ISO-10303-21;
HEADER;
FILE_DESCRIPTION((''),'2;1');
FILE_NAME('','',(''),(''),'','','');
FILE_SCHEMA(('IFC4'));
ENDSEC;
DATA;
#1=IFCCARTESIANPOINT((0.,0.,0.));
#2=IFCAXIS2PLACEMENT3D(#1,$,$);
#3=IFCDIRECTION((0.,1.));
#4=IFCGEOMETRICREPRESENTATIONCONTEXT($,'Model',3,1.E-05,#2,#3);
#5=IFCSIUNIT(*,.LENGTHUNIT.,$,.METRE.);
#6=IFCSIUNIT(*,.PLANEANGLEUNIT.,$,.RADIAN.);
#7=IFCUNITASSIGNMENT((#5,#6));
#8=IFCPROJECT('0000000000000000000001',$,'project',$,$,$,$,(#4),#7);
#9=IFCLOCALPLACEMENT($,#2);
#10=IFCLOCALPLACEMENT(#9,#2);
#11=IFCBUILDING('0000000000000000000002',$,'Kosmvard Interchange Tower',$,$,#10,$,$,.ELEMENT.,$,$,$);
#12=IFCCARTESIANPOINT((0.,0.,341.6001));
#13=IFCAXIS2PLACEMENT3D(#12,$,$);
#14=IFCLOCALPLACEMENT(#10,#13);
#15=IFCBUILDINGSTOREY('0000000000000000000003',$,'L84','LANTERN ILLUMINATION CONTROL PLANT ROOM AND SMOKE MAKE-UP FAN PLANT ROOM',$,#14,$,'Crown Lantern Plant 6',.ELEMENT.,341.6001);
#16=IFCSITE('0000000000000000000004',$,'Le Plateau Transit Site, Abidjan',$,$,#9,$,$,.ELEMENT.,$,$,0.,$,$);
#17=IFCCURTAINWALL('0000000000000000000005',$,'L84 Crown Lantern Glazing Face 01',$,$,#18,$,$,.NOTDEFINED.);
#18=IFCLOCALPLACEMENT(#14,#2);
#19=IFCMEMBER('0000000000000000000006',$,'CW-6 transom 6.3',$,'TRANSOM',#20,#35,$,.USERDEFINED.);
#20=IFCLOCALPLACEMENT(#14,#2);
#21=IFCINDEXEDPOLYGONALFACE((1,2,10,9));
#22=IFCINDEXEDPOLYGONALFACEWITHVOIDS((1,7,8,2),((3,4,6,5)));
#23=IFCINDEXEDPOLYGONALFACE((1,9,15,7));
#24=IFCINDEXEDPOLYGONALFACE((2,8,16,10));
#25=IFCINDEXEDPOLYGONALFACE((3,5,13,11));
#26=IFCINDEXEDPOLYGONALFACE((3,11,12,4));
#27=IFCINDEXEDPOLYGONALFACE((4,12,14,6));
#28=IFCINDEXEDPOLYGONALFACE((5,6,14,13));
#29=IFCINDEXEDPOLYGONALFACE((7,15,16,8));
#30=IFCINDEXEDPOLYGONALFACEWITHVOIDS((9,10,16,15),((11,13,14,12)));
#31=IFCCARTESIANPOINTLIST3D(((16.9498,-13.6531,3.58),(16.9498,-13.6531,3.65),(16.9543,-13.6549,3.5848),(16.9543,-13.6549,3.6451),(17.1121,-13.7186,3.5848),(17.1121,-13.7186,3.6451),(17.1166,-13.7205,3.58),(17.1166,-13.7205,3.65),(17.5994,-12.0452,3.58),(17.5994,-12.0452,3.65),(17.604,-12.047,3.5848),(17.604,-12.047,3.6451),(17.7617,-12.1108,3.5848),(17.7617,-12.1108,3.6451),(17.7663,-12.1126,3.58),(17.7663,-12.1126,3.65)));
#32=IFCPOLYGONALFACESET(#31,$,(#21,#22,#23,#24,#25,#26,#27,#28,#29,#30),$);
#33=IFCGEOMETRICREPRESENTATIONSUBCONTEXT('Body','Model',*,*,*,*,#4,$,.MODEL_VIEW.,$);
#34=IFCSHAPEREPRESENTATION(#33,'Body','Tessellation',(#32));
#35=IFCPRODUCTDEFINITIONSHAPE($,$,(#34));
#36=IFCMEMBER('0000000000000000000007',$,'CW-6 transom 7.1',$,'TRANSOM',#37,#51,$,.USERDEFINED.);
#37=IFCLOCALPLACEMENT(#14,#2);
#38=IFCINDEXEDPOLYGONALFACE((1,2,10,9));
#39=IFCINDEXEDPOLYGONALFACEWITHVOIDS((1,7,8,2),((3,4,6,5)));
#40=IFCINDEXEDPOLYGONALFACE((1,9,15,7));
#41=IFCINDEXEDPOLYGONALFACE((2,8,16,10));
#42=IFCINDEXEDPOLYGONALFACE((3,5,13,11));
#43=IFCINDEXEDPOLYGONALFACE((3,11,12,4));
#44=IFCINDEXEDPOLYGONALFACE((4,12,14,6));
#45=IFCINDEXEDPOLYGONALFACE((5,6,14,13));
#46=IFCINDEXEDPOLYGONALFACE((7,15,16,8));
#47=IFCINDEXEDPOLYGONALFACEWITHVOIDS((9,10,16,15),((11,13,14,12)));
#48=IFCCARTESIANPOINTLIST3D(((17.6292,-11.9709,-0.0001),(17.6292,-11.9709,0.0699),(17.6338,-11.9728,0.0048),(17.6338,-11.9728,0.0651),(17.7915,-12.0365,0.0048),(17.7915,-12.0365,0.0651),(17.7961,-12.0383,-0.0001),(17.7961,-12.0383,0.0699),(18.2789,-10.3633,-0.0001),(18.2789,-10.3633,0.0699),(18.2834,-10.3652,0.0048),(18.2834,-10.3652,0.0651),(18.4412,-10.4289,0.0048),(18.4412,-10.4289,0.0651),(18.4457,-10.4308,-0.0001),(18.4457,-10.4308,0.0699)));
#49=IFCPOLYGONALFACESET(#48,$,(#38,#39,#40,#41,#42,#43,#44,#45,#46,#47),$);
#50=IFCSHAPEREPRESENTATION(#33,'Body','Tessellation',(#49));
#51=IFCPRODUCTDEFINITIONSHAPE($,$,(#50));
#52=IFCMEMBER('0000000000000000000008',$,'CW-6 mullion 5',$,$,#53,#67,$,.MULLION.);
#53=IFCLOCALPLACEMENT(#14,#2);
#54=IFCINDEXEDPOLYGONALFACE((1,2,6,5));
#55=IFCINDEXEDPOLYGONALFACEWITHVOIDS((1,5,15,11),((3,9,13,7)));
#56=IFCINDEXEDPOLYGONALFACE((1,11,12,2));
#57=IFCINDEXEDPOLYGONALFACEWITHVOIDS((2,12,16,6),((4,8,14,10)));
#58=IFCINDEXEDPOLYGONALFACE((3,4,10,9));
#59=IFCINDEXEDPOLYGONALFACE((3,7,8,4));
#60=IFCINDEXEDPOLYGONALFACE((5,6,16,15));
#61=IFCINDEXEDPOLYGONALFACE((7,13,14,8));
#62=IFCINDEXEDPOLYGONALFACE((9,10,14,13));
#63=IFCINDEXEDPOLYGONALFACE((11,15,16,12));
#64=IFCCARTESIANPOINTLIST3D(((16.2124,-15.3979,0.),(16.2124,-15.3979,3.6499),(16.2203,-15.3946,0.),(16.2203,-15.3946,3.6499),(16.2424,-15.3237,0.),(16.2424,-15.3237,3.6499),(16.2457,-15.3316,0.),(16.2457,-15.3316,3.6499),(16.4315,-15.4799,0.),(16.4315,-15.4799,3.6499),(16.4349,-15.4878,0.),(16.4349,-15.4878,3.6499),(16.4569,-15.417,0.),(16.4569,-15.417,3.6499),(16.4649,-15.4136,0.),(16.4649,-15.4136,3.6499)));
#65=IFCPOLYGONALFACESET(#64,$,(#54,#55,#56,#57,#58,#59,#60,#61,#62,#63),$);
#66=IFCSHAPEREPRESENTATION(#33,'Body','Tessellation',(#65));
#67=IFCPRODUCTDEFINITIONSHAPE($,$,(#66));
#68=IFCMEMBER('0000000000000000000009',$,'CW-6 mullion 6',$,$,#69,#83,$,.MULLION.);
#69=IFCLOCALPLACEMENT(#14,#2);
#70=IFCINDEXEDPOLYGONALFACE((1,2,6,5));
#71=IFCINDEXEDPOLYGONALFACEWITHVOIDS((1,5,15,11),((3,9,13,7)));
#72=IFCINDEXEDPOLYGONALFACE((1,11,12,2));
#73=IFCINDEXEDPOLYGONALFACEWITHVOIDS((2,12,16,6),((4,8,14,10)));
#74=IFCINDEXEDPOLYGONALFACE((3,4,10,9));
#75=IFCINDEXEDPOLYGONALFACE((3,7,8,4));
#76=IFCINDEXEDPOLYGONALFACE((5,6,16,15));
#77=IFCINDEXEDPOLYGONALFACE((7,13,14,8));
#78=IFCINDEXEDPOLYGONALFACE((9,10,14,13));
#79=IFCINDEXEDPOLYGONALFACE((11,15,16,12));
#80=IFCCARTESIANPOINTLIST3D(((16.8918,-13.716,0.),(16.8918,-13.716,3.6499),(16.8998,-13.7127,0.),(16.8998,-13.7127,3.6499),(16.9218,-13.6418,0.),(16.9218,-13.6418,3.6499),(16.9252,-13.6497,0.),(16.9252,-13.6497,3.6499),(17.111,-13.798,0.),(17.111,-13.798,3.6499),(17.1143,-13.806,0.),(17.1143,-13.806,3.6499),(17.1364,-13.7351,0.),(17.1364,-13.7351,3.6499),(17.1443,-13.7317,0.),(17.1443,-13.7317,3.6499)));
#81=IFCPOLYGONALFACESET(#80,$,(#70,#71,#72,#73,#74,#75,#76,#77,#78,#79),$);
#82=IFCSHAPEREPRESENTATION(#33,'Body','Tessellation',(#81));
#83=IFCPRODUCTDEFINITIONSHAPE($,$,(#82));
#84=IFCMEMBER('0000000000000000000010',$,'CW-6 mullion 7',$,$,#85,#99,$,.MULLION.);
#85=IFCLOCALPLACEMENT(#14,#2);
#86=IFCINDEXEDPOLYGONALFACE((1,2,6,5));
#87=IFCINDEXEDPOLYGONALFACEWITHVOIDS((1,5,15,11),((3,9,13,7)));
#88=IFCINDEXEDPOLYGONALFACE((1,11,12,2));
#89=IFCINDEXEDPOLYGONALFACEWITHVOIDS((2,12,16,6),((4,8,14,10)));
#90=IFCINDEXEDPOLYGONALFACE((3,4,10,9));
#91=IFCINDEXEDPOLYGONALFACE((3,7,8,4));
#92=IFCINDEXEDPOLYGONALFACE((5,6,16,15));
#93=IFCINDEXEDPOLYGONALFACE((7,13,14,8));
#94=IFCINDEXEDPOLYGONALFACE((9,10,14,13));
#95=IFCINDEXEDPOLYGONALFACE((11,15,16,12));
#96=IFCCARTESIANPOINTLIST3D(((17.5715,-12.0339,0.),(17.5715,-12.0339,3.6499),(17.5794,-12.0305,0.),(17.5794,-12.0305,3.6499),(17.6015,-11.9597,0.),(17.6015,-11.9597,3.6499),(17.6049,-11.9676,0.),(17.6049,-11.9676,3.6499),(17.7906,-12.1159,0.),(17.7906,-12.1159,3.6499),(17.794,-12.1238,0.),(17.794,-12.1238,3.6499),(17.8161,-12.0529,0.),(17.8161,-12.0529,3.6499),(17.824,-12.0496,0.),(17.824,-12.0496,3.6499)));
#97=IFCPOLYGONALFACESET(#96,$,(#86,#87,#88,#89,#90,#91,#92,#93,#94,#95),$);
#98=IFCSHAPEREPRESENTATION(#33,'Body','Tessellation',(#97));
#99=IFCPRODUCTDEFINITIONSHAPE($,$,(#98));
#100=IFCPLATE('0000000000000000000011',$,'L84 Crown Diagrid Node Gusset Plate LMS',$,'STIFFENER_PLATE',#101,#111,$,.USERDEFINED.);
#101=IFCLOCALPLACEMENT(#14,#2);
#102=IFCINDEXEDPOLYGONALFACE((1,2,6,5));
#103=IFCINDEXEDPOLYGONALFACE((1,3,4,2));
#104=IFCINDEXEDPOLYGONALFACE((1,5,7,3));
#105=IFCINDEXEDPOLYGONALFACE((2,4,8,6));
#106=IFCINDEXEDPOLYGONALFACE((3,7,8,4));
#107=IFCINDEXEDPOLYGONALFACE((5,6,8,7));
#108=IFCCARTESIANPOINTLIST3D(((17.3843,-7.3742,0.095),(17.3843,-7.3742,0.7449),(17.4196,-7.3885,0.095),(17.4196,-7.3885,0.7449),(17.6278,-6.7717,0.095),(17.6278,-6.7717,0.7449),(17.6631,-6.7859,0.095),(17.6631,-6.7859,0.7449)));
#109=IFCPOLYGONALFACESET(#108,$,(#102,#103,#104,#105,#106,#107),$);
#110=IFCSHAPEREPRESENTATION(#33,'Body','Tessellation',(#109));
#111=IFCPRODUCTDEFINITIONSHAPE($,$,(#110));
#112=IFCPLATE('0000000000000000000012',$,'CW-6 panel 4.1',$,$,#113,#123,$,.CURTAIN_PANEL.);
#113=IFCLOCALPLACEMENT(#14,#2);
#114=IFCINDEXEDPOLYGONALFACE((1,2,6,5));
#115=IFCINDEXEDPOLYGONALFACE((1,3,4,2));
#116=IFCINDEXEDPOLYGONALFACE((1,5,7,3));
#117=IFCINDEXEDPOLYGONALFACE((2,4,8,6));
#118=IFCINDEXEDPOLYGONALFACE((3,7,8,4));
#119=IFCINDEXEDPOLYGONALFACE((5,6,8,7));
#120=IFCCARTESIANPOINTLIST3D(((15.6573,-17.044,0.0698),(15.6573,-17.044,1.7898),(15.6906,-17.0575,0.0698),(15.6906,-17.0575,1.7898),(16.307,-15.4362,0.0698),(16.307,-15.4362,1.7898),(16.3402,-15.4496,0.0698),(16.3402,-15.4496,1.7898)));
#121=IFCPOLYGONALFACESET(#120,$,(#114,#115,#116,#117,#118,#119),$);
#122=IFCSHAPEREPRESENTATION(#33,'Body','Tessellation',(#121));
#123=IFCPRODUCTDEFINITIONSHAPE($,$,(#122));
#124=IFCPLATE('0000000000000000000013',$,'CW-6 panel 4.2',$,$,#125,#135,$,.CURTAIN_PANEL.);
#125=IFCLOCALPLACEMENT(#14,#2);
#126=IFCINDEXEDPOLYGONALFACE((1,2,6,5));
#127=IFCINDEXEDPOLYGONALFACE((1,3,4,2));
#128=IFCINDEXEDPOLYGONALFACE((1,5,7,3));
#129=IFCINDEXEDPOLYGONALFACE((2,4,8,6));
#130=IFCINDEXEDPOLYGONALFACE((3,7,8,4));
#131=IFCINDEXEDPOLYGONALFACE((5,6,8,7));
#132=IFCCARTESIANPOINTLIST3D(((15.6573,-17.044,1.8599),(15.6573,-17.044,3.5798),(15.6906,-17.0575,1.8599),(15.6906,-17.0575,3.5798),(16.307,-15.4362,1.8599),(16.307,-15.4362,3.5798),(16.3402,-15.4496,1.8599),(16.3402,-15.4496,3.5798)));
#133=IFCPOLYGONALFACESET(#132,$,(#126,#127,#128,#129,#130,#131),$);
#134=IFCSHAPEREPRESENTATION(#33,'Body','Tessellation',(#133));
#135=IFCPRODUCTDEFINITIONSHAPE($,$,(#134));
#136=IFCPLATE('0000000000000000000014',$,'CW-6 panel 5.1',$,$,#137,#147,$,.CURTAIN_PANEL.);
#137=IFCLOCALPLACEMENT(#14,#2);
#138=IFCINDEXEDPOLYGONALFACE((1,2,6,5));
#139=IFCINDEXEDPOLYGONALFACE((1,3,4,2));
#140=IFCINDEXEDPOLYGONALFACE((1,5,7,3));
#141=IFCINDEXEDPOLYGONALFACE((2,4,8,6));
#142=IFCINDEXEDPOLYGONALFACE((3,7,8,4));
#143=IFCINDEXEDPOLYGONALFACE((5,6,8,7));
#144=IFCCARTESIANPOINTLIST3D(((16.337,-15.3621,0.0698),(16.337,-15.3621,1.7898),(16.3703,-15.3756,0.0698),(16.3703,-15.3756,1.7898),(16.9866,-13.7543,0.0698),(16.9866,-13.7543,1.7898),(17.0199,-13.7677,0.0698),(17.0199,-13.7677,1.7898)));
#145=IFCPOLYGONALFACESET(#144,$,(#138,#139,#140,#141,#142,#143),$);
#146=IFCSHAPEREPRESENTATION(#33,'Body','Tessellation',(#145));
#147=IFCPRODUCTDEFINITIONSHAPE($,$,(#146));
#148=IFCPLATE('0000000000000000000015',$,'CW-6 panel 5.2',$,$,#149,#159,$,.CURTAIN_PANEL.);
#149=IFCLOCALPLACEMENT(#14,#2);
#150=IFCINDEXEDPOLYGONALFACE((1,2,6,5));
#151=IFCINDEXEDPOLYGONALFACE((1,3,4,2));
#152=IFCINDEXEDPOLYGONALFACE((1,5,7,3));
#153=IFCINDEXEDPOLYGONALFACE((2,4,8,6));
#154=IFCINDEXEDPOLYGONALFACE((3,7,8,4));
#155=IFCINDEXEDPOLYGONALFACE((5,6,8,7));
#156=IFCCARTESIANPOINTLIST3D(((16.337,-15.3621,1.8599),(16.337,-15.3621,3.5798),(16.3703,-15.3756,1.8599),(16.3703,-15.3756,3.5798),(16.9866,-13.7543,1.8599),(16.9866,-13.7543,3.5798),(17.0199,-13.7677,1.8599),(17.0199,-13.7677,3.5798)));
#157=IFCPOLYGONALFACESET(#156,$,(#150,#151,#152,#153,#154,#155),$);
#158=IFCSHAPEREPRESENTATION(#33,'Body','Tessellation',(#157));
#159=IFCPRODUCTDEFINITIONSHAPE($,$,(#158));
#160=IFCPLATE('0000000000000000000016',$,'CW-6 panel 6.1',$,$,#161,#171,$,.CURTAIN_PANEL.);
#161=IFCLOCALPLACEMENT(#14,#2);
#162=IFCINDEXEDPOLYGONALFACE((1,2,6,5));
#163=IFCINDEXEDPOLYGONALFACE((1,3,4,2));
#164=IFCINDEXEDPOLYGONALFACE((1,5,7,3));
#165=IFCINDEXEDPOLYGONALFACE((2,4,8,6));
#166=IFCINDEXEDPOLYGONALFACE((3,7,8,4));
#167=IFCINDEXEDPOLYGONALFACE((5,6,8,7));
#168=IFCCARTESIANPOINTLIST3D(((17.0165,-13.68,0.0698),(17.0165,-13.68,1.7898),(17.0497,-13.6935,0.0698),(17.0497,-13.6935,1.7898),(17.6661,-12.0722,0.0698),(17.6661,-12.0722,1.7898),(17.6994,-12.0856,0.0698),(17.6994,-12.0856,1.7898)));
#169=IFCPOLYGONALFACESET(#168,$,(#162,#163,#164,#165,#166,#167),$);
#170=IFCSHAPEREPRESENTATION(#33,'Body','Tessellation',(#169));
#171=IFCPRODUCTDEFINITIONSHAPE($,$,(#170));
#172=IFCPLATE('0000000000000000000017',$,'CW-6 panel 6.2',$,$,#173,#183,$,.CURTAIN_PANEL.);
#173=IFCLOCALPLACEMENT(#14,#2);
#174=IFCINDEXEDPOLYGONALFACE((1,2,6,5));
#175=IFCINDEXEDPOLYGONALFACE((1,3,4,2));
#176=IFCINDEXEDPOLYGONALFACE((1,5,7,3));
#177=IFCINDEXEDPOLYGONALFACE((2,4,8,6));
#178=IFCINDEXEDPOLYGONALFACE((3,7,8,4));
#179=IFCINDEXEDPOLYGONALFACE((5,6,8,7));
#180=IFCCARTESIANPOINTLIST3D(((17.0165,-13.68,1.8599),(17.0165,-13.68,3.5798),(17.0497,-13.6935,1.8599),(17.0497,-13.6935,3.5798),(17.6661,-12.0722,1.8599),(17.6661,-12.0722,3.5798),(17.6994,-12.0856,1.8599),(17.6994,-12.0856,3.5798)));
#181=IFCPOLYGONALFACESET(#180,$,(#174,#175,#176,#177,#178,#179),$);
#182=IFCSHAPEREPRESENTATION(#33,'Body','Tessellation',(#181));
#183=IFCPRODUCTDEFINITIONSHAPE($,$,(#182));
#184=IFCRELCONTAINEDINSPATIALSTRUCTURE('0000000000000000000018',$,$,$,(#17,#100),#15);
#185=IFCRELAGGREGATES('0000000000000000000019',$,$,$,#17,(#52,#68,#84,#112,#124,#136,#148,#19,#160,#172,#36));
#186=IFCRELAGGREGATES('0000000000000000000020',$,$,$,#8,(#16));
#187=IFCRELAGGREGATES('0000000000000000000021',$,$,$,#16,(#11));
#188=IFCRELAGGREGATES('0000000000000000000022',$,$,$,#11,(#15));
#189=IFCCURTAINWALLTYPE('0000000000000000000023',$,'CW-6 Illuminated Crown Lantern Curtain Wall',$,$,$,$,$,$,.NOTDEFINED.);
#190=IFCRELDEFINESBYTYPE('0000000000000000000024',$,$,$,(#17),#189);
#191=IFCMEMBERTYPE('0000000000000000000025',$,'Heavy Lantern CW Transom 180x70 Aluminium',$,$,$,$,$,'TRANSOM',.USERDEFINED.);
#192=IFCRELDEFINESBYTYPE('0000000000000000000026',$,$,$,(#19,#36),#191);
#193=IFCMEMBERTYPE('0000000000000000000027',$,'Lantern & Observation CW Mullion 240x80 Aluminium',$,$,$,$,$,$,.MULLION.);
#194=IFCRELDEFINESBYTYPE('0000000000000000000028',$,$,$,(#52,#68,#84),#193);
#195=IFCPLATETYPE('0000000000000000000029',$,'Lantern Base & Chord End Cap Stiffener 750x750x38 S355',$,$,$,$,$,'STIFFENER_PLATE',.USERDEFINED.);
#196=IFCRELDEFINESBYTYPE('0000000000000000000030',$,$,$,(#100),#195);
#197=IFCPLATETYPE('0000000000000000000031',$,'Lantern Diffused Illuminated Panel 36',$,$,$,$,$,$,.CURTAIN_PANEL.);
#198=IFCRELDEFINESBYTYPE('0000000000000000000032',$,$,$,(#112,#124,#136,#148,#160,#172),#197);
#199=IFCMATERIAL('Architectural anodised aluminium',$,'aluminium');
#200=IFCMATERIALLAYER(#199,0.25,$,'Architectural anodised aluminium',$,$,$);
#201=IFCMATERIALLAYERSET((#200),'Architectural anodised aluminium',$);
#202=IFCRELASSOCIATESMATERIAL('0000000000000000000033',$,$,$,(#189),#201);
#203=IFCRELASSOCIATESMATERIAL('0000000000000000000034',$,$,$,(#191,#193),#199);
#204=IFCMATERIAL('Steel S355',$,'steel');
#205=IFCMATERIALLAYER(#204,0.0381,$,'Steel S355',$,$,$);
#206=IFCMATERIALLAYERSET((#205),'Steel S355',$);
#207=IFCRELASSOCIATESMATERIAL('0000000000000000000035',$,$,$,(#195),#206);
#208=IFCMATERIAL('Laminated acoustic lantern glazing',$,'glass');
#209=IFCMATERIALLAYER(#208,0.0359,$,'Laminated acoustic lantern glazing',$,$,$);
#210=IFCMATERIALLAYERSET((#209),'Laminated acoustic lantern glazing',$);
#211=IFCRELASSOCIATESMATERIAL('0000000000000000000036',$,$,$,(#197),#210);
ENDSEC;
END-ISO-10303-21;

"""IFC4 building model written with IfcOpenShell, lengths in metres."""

from ifc_helpers import new_model, si_unit, direction, frame, origin, origin_2d, place, context, subcontext, project, spatial, rectangle, hollow_rectangle, extrude, source, transform, mapped, material, layer, layer_set, material_profile, profile_set, type_object, element, aggregate, save


model = new_model("IFC4")

# Units and contexts
model_context = context("Model", 3, precision=1e-05, world=origin(), true_north=direction((0.0, 1.0)))
body_context = subcontext(model_context, "Body", "Model", "MODEL_VIEW")
ifc_project = project(units=[si_unit("LENGTHUNIT", "METRE"), si_unit("PLANEANGLEUNIT", "RADIAN")], contexts=[model_context])

# Site, building, storey
site_placement = place(None, origin())
site = spatial("IfcSite", under=ifc_project, at=site_placement, Name="Le Plateau Transit Site, Abidjan", CompositionType="ELEMENT", RefElevation=0.0)
building_placement = place(site_placement, origin())
building = spatial("IfcBuilding", under=site, at=building_placement, Name="Kosmvard Interchange Tower", CompositionType="ELEMENT")
storey_placement = place(building_placement, frame((0.0, 0.0, 341.6001)))
storey = spatial("IfcBuildingStorey", under=building, at=storey_placement, Name="L84", Description="LANTERN ILLUMINATION CONTROL PLANT ROOM AND SMOKE MAKE-UP FAN PLANT ROOM", LongName="Crown Lantern Plant 6", CompositionType="ELEMENT", Elevation=341.6001)

# Shared definitions
ifc_material_1 = material(Name="Steel S355", Category="steel")

# Curtain wall, members
ifc_material_2 = material(Name="Architectural anodised aluminium", Category="aluminium")
ifc_layer_1 = layer(ifc_material_2, 0.25, Name="Architectural anodised aluminium")
ifc_layer_set_1 = layer_set([ifc_layer_1], Name="Architectural anodised aluminium")
curtain_wall_type = type_object("IfcCurtainWallType", Name="CW-6 Illuminated Crown Lantern Curtain Wall", PredefinedType="NOTDEFINED", material=ifc_layer_set_1)
curtain_wall_placement = place(storey_placement, origin())
curtain_wall = element("IfcCurtainWall", 1, at=curtain_wall_placement, inside=storey, type_object=curtain_wall_type, Name="L84 Crown Lantern Glazing Face 01", PredefinedType="NOTDEFINED")
ifc_material_profile_1 = material_profile(ifc_material_2, hollow_rectangle(XDim=0.1799, YDim=0.0701, WallThickness=0.0049, at=origin_2d()), Name="CWT 180x70x5")
ifc_profile_set_1 = profile_set([ifc_material_profile_1], Name="Architectural anodised aluminium")
member_type_1 = type_object("IfcMemberType", Name="Heavy Lantern CW Transom 180x70 Aluminium", ElementType="TRANSOM", PredefinedType="USERDEFINED", material=ifc_profile_set_1)
shared_shape_1 = source(origin(), body_context, "Body", "SweptSolid", [
    extrude(hollow_rectangle(XDim=0.1799, YDim=0.0701, WallThickness=0.0049, at=origin_2d()), origin(), (0.0, 0.0, 1.0), 1.7341),
])
member_1_placement = place(storey_placement, frame((17.0332, -13.6868, 3.615), z_axis=(0.374617, 0.92718, 0.0), x_axis=(-0.92718, 0.374617, 0.0)))
member_1 = element("IfcMember", 2, at=member_1_placement, type_object=member_type_1, Name="CW-6 transom 6.3", ObjectType="TRANSOM", PredefinedType="USERDEFINED", context=body_context, shape_type="MappedRepresentation", body=[
    mapped(shared_shape_1, transform((0.0, 0.0, 0.0), scale=1.0)),
])
shared_shape_2 = source(origin(), body_context, "Body", "SweptSolid", [
    extrude(hollow_rectangle(XDim=0.1799, YDim=0.0701, WallThickness=0.0049, at=origin_2d()), origin(), (0.0, 0.0, 1.0), 1.7339),
])
member_2_placement = place(storey_placement, frame((17.7126, -12.0046, 0.0349), z_axis=(0.374666, 0.92716, 0.0), x_axis=(-0.92716, 0.374666, 0.0)))
member_2 = element("IfcMember", 3, at=member_2_placement, type_object=member_type_1, Name="CW-6 transom 7.1", ObjectType="TRANSOM", PredefinedType="USERDEFINED", context=body_context, shape_type="MappedRepresentation", body=[
    mapped(shared_shape_2, transform((0.0, 0.0, 0.0), scale=1.0)),
])
ifc_material_profile_2 = material_profile(ifc_material_2, hollow_rectangle(XDim=0.24, YDim=0.0801, WallThickness=0.0061, at=origin_2d()), Name="CWM 240x80x6")
ifc_profile_set_2 = profile_set([ifc_material_profile_2], Name="Architectural anodised aluminium")
member_type_2 = type_object("IfcMemberType", Name="Lantern & Observation CW Mullion 240x80 Aluminium", PredefinedType="MULLION", material=ifc_profile_set_2)
shared_shape_3 = source(origin(), body_context, "Body", "SweptSolid", [
    extrude(hollow_rectangle(XDim=0.24, YDim=0.0801, WallThickness=0.0061, at=origin_2d()), origin(), (0.0, 0.0, 1.0), 3.6499),
])
member_3_placement = place(storey_placement, frame((16.3386, -15.4058, 0.0), z_axis=(0.0, 0.0, 1.0), x_axis=(-0.927184, 0.374607, 0.0)))
member_3 = element("IfcMember", 4, at=member_3_placement, type_object=member_type_2, Name="CW-6 mullion 5", PredefinedType="MULLION", context=body_context, shape_type="MappedRepresentation", body=[
    mapped(shared_shape_3, transform((0.0, 0.0, 0.0), scale=1.0)),
])
member_4_placement = place(storey_placement, frame((17.0181, -13.7239, 0.0), z_axis=(0.0, 0.0, 1.0), x_axis=(-0.927184, 0.374607, 0.0)))
member_4 = element("IfcMember", 5, at=member_4_placement, type_object=member_type_2, Name="CW-6 mullion 6", PredefinedType="MULLION", context=body_context, shape_type="MappedRepresentation", body=[
    mapped(shared_shape_3, transform((0.0, 0.0, 0.0), scale=1.0)),
])
member_5_placement = place(storey_placement, frame((17.6978, -12.0417, 0.0), z_axis=(0.0, 0.0, 1.0), x_axis=(-0.927184, 0.374607, 0.0)))
member_5 = element("IfcMember", 6, at=member_5_placement, type_object=member_type_2, Name="CW-6 mullion 7", PredefinedType="MULLION", context=body_context, shape_type="MappedRepresentation", body=[
    mapped(shared_shape_3, transform((0.0, 0.0, 0.0), scale=1.0)),
])

# Plates
ifc_layer_2 = layer(ifc_material_1, 0.0381, Name="Steel S355")
ifc_layer_set_2 = layer_set([ifc_layer_2], Name="Steel S355")
plate_type_1 = type_object("IfcPlateType", Name="Lantern Base & Chord End Cap Stiffener 750x750x38 S355", ElementType="STIFFENER_PLATE", PredefinedType="USERDEFINED", material=ifc_layer_set_2)
shared_shape_4 = source(origin(), body_context, "Body", "SweptSolid", [
    extrude(rectangle(XDim=0.6499, YDim=0.0381, at=origin_2d()), origin(), (0.0, 0.0, 1.0), 0.6499),
])
plate_1_placement = place(storey_placement, frame((17.5237, -7.0801, 0.095), z_axis=(0.0, 0.0, 1.0), x_axis=(0.374607, 0.927184, 0.0)))
element("IfcPlate", 7, at=plate_1_placement, inside=storey, type_object=plate_type_1, Name="L84 Crown Diagrid Node Gusset Plate LMS", ObjectType="STIFFENER_PLATE", PredefinedType="USERDEFINED", context=body_context, shape_type="MappedRepresentation", body=[
    mapped(shared_shape_4, transform((0.0, 0.0, 0.0), scale=1.0)),
])
ifc_material_3 = material(Name="Laminated acoustic lantern glazing", Category="glass")
ifc_layer_3 = layer(ifc_material_3, 0.0359, Name="Laminated acoustic lantern glazing")
ifc_layer_set_3 = layer_set([ifc_layer_3], Name="Laminated acoustic lantern glazing")
plate_type_2 = type_object("IfcPlateType", Name="Lantern Diffused Illuminated Panel 36", PredefinedType="CURTAIN_PANEL", material=ifc_layer_set_3)
shared_shape_5 = source(origin(), body_context, "Body", "SweptSolid", [
    extrude(rectangle(XDim=1.7341, YDim=0.0359, at=origin_2d()), origin(), (0.0, 0.0, 1.0), 1.72),
])
plate_2_placement = place(storey_placement, frame((15.9988, -16.2468, 0.0698), z_axis=(0.0, 0.0, 1.0), x_axis=(0.374607, 0.927184, 0.0)))
plate_2 = element("IfcPlate", 8, at=plate_2_placement, type_object=plate_type_2, Name="CW-6 panel 4.1", PredefinedType="CURTAIN_PANEL", context=body_context, shape_type="MappedRepresentation", body=[
    mapped(shared_shape_5, transform((0.0, 0.0, 0.0), scale=1.0)),
])
plate_3_placement = place(storey_placement, frame((15.9988, -16.2468, 1.8599), z_axis=(0.0, 0.0, 1.0), x_axis=(0.374607, 0.927184, 0.0)))
plate_3 = element("IfcPlate", 9, at=plate_3_placement, type_object=plate_type_2, Name="CW-6 panel 4.2", PredefinedType="CURTAIN_PANEL", context=body_context, shape_type="MappedRepresentation", body=[
    mapped(shared_shape_5, transform((0.0, 0.0, 0.0), scale=1.0)),
])
plate_4_placement = place(storey_placement, frame((16.6785, -14.5649, 0.0698), z_axis=(0.0, 0.0, 1.0), x_axis=(0.374607, 0.927184, 0.0)))
plate_4 = element("IfcPlate", 10, at=plate_4_placement, type_object=plate_type_2, Name="CW-6 panel 5.1", PredefinedType="CURTAIN_PANEL", context=body_context, shape_type="MappedRepresentation", body=[
    mapped(shared_shape_5, transform((0.0, 0.0, 0.0), scale=1.0)),
])
plate_5_placement = place(storey_placement, frame((16.6785, -14.5649, 1.8599), z_axis=(0.0, 0.0, 1.0), x_axis=(0.374607, 0.927184, 0.0)))
plate_5 = element("IfcPlate", 11, at=plate_5_placement, type_object=plate_type_2, Name="CW-6 panel 5.2", PredefinedType="CURTAIN_PANEL", context=body_context, shape_type="MappedRepresentation", body=[
    mapped(shared_shape_5, transform((0.0, 0.0, 0.0), scale=1.0)),
])
plate_6_placement = place(storey_placement, frame((17.3579, -12.8828, 0.0698), z_axis=(0.0, 0.0, 1.0), x_axis=(0.374607, 0.927184, 0.0)))
plate_6 = element("IfcPlate", 12, at=plate_6_placement, type_object=plate_type_2, Name="CW-6 panel 6.1", PredefinedType="CURTAIN_PANEL", context=body_context, shape_type="MappedRepresentation", body=[
    mapped(shared_shape_5, transform((0.0, 0.0, 0.0), scale=1.0)),
])
plate_7_placement = place(storey_placement, frame((17.3579, -12.8828, 1.8599), z_axis=(0.0, 0.0, 1.0), x_axis=(0.374607, 0.927184, 0.0)))
plate_7 = element("IfcPlate", 13, at=plate_7_placement, type_object=plate_type_2, Name="CW-6 panel 6.2", PredefinedType="CURTAIN_PANEL", context=body_context, shape_type="MappedRepresentation", body=[
    mapped(shared_shape_5, transform((0.0, 0.0, 0.0), scale=1.0)),
])
aggregate(curtain_wall, [member_3, member_4, member_5, plate_2, plate_3, plate_4, plate_5, member_1, plate_6, plate_7, member_2])

save(model, "model.ifc")
